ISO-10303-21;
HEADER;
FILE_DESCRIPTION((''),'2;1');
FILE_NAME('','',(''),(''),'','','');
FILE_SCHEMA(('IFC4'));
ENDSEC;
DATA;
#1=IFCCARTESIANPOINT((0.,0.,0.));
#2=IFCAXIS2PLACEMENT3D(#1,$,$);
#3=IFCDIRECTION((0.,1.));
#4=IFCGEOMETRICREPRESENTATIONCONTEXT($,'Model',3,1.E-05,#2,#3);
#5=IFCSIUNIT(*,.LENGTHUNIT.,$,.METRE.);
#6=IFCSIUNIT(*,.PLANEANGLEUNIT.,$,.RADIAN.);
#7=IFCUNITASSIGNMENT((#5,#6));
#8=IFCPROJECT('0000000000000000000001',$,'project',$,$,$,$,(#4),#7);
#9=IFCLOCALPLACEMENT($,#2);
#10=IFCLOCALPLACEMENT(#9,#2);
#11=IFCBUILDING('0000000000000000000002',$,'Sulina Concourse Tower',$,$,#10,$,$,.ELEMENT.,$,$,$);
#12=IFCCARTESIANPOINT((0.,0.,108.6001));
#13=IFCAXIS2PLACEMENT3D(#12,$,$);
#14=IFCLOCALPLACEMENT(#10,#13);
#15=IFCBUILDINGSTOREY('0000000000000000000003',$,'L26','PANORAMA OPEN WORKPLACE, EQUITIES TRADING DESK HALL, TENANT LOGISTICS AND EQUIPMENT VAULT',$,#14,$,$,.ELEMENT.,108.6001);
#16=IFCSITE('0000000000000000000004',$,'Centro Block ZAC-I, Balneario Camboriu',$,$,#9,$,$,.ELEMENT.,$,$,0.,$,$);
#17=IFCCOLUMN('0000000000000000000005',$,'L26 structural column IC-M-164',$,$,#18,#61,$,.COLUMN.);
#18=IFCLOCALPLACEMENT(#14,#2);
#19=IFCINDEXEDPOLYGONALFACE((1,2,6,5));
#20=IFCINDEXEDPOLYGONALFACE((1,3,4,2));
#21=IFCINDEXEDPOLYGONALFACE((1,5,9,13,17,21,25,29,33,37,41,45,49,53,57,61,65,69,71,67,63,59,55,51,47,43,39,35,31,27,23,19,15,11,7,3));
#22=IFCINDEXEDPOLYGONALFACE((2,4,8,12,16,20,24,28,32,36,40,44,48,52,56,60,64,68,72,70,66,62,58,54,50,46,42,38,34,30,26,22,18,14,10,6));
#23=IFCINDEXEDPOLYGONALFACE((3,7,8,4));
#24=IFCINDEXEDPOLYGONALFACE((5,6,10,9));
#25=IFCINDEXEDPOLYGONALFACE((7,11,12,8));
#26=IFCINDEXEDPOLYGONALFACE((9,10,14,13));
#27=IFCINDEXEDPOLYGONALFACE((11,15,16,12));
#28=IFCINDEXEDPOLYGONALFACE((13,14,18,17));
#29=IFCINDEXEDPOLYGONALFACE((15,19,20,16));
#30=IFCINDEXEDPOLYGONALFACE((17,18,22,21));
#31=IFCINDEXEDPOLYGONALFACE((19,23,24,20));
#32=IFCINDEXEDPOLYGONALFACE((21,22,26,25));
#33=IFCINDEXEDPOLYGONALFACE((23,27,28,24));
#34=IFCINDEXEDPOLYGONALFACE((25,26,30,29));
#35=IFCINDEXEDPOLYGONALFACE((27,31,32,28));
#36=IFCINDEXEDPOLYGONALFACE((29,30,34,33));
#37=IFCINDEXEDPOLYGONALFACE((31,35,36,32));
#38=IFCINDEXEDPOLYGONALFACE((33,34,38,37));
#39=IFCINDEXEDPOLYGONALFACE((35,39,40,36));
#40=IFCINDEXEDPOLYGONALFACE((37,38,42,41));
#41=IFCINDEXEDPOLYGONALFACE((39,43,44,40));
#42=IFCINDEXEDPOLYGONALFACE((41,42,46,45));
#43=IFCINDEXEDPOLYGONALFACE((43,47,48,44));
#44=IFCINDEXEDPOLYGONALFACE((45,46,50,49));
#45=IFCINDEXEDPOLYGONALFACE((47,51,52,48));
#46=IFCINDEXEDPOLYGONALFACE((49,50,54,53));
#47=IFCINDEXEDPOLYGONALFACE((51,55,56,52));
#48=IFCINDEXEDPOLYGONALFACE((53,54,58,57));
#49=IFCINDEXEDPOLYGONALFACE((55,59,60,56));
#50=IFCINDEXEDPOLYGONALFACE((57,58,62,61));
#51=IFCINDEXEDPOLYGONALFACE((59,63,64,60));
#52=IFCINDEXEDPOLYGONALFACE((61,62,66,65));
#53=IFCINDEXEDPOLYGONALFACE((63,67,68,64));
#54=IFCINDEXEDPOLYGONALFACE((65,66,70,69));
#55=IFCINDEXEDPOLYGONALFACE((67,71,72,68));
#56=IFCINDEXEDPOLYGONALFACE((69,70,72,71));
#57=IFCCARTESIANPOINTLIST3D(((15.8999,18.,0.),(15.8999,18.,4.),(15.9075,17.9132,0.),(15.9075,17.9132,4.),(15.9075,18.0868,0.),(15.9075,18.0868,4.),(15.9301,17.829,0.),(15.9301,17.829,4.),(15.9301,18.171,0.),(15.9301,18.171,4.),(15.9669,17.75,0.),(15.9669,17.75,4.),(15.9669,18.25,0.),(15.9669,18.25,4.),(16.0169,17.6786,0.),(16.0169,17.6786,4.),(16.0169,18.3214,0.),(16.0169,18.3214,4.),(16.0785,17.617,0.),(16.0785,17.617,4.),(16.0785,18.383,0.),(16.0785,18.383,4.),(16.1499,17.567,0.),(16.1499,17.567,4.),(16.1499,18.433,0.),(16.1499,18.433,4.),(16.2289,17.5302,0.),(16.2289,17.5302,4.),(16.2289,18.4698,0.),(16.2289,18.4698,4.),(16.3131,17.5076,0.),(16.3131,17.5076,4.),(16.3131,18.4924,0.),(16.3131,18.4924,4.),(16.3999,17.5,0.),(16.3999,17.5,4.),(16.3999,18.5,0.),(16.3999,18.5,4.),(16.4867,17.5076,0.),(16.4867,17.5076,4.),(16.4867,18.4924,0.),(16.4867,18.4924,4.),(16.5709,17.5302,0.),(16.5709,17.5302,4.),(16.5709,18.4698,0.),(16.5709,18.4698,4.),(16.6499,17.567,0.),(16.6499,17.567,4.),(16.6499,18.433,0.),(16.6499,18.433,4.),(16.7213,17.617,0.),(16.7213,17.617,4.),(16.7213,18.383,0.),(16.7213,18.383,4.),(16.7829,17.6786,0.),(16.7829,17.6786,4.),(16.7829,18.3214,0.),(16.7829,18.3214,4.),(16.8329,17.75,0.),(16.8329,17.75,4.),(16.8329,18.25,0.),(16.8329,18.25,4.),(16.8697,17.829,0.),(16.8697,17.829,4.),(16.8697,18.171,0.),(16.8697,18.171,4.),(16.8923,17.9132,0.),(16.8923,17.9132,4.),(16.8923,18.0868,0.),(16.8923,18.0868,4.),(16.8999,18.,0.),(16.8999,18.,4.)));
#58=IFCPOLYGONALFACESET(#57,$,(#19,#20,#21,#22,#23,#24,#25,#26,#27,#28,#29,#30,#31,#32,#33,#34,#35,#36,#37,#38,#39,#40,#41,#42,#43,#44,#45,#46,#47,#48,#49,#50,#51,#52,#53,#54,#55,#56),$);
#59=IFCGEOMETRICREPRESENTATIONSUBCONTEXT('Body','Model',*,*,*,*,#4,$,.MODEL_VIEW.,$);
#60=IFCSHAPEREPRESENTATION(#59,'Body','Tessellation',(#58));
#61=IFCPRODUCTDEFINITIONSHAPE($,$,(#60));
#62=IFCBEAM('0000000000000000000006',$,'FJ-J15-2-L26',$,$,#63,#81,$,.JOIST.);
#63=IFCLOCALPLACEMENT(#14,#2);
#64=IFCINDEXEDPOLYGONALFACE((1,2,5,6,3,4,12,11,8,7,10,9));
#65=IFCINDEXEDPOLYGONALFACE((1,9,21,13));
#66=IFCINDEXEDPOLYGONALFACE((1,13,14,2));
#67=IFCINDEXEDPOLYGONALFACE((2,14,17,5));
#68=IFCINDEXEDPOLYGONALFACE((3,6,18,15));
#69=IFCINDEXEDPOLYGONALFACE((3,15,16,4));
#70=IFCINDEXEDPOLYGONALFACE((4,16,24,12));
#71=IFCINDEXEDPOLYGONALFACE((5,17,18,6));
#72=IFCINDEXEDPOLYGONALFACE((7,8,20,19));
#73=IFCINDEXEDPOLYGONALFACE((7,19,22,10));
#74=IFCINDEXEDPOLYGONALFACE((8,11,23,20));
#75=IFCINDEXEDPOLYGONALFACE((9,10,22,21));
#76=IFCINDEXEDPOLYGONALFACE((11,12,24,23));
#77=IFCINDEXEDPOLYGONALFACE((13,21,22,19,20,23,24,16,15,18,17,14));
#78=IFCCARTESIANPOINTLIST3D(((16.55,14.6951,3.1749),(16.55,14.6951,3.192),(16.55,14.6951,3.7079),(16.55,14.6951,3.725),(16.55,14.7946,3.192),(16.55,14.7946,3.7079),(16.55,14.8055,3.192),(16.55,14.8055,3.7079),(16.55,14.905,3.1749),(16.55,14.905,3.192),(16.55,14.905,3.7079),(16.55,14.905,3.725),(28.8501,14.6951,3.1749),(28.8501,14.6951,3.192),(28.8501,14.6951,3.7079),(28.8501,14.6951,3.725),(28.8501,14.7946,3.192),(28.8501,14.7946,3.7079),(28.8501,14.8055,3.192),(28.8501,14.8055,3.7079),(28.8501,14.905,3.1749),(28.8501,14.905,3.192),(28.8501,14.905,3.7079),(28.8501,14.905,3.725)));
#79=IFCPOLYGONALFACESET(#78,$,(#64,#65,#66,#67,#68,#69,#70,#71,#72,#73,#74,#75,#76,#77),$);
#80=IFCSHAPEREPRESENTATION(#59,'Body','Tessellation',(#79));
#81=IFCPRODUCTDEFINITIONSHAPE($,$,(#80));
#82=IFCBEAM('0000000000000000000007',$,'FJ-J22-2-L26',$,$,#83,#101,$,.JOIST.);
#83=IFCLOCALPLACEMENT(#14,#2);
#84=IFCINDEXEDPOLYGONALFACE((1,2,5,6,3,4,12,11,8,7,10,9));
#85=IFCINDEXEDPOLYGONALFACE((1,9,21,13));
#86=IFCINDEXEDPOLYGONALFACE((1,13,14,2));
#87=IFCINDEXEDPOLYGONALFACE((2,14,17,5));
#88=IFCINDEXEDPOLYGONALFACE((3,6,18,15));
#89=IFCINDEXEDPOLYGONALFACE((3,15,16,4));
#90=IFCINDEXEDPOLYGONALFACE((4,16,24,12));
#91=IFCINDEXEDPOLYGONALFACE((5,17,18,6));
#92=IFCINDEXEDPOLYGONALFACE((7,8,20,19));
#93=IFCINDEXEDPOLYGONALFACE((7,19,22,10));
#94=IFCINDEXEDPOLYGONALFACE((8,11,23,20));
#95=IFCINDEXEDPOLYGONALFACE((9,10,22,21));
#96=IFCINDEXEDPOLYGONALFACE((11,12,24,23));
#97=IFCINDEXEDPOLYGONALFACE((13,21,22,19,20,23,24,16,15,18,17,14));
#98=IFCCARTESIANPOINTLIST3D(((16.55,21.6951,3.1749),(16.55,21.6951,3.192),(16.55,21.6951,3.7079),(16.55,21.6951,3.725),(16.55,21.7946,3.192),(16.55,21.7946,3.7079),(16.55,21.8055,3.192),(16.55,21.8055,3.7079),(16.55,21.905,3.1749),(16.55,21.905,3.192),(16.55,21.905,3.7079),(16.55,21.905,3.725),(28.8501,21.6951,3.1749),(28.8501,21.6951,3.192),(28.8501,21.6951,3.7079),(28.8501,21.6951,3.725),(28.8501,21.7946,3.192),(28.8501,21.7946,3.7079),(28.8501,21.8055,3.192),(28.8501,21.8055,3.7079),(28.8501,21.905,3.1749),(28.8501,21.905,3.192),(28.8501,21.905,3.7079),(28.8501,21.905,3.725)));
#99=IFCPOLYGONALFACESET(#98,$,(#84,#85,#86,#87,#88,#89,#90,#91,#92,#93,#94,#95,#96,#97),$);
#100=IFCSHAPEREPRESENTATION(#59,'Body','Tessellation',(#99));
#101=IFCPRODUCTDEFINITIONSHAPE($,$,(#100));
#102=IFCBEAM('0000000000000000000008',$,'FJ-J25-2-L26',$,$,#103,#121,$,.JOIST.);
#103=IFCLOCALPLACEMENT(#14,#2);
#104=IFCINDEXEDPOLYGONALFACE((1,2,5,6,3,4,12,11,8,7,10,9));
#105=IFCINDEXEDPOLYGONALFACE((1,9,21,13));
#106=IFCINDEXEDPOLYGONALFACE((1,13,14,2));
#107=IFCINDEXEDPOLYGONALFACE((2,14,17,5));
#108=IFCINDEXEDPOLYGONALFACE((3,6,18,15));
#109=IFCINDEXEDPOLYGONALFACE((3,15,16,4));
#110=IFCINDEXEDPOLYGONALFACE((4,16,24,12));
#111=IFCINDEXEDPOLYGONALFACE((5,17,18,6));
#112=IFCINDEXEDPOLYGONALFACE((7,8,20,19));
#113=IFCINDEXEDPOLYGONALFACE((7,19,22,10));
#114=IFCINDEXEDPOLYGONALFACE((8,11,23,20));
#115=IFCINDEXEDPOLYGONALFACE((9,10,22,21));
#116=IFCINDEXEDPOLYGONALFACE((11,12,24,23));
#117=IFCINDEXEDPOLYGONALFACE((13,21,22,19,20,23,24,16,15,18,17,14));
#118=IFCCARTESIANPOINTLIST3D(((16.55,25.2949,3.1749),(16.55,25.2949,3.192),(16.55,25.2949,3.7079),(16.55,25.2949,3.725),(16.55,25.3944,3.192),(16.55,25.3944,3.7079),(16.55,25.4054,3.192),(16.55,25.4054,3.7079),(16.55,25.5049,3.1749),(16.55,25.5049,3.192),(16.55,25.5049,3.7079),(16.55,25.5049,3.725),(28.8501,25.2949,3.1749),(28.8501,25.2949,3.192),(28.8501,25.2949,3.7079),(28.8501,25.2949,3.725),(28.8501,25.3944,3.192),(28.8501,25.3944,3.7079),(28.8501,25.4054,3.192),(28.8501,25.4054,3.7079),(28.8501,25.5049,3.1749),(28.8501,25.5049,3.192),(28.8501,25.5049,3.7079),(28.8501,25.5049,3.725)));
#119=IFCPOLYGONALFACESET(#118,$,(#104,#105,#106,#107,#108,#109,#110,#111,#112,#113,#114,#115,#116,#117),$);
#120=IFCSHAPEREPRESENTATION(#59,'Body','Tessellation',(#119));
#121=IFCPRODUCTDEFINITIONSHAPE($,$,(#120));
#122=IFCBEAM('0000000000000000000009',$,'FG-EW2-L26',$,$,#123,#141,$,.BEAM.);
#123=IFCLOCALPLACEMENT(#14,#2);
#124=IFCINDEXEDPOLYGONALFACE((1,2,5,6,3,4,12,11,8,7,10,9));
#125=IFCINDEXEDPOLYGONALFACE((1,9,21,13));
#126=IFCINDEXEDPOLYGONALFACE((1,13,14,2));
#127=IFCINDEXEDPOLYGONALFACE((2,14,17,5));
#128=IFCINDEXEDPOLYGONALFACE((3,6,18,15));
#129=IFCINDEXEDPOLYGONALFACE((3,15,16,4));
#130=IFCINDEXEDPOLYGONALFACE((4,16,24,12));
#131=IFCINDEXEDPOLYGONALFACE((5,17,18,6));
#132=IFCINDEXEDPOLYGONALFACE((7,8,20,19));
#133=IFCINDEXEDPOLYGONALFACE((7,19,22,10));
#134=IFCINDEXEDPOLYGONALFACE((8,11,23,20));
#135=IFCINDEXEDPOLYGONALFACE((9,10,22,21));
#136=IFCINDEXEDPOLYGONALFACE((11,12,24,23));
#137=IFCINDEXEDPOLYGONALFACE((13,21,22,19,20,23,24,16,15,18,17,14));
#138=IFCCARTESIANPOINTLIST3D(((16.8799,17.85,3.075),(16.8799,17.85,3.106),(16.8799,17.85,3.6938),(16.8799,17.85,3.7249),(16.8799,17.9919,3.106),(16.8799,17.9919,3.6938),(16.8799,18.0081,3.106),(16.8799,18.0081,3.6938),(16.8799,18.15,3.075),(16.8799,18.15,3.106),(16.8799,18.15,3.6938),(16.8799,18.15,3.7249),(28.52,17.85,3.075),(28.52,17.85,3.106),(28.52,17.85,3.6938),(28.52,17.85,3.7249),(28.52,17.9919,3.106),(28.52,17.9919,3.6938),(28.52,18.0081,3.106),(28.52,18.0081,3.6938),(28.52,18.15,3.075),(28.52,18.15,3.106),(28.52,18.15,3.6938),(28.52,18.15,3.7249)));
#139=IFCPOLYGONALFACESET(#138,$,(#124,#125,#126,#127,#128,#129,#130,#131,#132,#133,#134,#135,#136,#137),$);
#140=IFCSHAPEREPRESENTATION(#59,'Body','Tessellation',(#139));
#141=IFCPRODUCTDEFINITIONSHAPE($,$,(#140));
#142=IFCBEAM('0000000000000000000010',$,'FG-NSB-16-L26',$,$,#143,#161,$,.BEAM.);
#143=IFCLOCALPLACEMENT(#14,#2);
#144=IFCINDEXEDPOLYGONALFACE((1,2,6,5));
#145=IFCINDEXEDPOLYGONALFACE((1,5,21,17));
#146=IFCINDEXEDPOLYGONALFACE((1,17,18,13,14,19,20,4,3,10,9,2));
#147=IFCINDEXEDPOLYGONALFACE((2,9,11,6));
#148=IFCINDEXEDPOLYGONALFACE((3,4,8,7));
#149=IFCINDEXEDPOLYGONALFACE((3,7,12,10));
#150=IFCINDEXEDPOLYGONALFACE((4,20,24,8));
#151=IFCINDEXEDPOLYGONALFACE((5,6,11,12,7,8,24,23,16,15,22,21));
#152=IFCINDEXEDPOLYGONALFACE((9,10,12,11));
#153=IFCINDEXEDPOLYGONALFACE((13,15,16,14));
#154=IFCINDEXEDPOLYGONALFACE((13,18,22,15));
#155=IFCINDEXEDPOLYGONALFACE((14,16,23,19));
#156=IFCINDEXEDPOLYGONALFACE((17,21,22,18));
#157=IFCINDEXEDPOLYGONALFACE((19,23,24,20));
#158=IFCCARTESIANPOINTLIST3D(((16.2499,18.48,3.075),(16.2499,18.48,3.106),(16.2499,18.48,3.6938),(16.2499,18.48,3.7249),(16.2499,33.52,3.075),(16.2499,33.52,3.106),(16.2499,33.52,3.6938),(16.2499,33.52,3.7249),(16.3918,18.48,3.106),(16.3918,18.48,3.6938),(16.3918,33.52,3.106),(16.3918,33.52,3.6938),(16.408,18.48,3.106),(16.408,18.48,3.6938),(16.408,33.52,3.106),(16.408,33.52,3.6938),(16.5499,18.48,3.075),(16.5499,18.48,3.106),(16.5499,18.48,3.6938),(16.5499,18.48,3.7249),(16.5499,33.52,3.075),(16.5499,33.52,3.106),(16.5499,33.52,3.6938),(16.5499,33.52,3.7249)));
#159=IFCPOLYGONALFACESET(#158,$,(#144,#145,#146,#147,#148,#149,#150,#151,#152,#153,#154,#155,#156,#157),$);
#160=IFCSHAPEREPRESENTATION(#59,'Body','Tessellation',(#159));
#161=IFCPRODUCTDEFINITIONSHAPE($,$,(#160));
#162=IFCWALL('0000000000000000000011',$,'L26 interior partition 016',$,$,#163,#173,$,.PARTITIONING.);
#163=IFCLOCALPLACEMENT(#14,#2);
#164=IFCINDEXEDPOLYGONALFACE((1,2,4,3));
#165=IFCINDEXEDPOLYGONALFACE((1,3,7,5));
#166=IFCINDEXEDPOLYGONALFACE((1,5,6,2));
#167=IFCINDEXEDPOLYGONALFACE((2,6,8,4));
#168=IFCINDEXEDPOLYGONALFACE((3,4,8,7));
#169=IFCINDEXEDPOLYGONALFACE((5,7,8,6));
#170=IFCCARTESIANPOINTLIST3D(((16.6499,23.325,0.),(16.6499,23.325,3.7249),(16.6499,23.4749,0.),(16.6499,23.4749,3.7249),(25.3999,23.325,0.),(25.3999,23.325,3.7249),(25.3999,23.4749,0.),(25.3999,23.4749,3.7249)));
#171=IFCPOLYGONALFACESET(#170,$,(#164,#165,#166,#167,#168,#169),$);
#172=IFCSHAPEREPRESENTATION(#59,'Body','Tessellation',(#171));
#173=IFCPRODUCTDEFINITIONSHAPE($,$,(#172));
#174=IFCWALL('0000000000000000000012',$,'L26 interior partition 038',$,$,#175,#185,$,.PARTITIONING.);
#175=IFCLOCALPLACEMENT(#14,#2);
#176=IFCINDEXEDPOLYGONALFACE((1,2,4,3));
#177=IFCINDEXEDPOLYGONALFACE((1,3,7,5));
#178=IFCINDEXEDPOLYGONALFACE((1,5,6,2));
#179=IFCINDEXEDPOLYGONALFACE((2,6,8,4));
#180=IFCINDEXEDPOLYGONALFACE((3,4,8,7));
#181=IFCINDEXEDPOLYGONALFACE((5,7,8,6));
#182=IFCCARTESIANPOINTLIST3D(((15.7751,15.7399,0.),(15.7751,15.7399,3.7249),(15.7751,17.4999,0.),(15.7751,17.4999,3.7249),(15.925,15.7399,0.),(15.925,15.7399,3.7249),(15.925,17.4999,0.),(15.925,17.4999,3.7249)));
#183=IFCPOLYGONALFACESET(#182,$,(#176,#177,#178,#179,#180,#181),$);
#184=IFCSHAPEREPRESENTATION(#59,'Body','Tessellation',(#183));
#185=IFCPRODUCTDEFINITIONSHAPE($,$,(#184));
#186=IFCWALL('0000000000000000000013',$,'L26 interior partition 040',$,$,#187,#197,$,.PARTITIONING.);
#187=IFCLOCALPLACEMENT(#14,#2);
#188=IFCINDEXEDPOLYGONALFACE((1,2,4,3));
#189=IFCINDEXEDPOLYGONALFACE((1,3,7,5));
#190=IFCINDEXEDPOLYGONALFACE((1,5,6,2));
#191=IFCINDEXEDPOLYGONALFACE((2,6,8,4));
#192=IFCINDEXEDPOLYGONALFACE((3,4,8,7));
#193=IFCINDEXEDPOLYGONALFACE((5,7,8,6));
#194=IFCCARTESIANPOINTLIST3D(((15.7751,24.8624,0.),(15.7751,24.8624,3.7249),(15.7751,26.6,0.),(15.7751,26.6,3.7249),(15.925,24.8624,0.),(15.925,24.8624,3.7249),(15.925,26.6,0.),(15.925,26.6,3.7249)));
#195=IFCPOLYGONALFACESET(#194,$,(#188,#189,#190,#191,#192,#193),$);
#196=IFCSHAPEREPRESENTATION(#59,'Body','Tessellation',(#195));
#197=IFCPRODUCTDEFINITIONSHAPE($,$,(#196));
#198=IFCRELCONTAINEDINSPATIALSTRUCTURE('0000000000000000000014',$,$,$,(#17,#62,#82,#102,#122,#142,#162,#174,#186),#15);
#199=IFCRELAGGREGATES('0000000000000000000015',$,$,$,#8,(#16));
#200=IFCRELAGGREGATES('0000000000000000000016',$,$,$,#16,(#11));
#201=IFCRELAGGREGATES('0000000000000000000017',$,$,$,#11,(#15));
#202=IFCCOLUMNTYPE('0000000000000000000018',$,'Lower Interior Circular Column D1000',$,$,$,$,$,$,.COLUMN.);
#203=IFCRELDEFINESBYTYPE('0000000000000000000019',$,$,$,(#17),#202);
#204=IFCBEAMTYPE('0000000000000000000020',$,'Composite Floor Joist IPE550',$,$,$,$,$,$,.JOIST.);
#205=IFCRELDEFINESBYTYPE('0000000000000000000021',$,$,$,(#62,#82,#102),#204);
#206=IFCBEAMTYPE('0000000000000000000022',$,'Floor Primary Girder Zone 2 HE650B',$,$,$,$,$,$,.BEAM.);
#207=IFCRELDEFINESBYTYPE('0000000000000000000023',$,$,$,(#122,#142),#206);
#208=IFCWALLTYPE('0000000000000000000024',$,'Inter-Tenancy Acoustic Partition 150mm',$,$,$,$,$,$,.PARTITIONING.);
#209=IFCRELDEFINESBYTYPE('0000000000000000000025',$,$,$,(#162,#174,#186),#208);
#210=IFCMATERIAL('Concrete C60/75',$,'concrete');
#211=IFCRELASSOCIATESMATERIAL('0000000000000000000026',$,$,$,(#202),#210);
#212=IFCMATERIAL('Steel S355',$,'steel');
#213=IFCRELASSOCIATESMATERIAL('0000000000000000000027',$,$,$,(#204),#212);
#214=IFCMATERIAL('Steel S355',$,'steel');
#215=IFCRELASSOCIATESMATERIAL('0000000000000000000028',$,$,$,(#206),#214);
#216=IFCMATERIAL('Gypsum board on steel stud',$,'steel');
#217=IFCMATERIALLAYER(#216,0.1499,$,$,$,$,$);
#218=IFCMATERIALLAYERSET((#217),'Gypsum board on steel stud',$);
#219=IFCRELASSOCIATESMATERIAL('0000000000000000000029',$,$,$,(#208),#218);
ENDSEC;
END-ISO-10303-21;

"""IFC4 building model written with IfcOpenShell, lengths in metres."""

from ifc_helpers import new_model, si_unit, direction, frame, frame_2d, origin, origin_2d, place, context, subcontext, project, spatial, rectangle, circle, i_section, extrude, material, layer, layer_set, material_profile, profile_set, type_object, element, save


model = new_model("IFC4")

# Units and contexts
model_context = context("Model", 3, precision=1e-05, world=origin(), true_north=direction((0.0, 1.0)))
body_context = subcontext(model_context, "Body", "Model", "MODEL_VIEW")
ifc_project = project(units=[si_unit("LENGTHUNIT", "METRE"), si_unit("PLANEANGLEUNIT", "RADIAN")], contexts=[model_context])

# Site, building, storey
site_placement = place(None, origin())
site = spatial("IfcSite", under=ifc_project, at=site_placement, Name="Centro Block ZAC-I, Balneario Camboriu", CompositionType="ELEMENT", RefElevation=0.0)
building_placement = place(site_placement, origin())
building = spatial("IfcBuilding", under=site, at=building_placement, Name="Sulina Concourse Tower", CompositionType="ELEMENT")
storey_placement = place(building_placement, frame((0.0, 0.0, 108.6001)))
storey = spatial("IfcBuildingStorey", under=building, at=storey_placement, Name="L26", Description="PANORAMA OPEN WORKPLACE, EQUITIES TRADING DESK HALL, TENANT LOGISTICS AND EQUIPMENT VAULT", CompositionType="ELEMENT", Elevation=108.6001)

# Column
ifc_material_1 = material(Name="Concrete C60/75", Category="concrete")
ifc_material_profile_1 = material_profile(ifc_material_1, circle(Radius=0.5, at=origin_2d()), Name="RC D1000")
ifc_profile_set_1 = profile_set([ifc_material_profile_1], Name="Concrete C60/75")
column_type = type_object("IfcColumnType", Name="Lower Interior Circular Column D1000", PredefinedType="COLUMN", material=ifc_profile_set_1)
column_placement = place(storey_placement, frame((16.3999, 18.0, 0.0), z_axis=(0.0, 0.0, 1.0), x_axis=(1.0, 0.0, 0.0)))
element("IfcColumn", 1, at=column_placement, inside=storey, type_object=column_type, Name="L26 structural column IC-M-164", PredefinedType="COLUMN", context=body_context, shape_type="SweptSolid", body=[
    extrude(circle(Radius=0.5, at=origin_2d()), origin(), (0.0, 0.0, 1.0), 4.0),
])

# Beams
ifc_material_2 = material(Name="Steel S355", Category="steel")
ifc_material_profile_2 = material_profile(ifc_material_2, i_section(OverallWidth=0.21, OverallDepth=0.55, WebThickness=0.011, FlangeThickness=0.0171, at=origin_2d()), Name="IPE 550")
ifc_profile_set_2 = profile_set([ifc_material_profile_2], Name="Steel S355")
beam_type_1 = type_object("IfcBeamType", Name="Composite Floor Joist IPE550", PredefinedType="JOIST", material=ifc_profile_set_2)
for number, where, z_axis, x_axis, name in (
    (2, (16.55, 14.8, 3.45), (1.0, 0.0, 0.0), (0.0, 1.0, 0.0), "FJ-J15-2-L26"),
    (3, (16.55, 21.8, 3.45), (1.0, 0.0, 0.0), (0.0, 1.0, 0.0), "FJ-J22-2-L26"),
    (4, (16.55, 25.3999, 3.45), (1.0, 0.0, 0.0), (0.0, 1.0, 0.0), "FJ-J25-2-L26"),
):
    element("IfcBeam", number, at=place(storey_placement, frame(where, z_axis=z_axis, x_axis=x_axis)), inside=storey, type_object=beam_type_1, Name=name, PredefinedType="JOIST", context=body_context, shape_type="SweptSolid", body=[
        extrude(i_section(OverallWidth=0.21, OverallDepth=0.55, WebThickness=0.011, FlangeThickness=0.0171, at=origin_2d()), origin(), (0.0, 0.0, 1.0), 12.3),
    ])
ifc_material_3 = material(Name="Steel S355", Category="steel")
ifc_material_profile_3 = material_profile(ifc_material_3, i_section(OverallWidth=0.3, OverallDepth=0.6499, WebThickness=0.0161, FlangeThickness=0.031, at=origin_2d()), Name="HE 650 B")
ifc_profile_set_3 = profile_set([ifc_material_profile_3], Name="Steel S355")
beam_type_2 = type_object("IfcBeamType", Name="Floor Primary Girder Zone 2 HE650B", PredefinedType="BEAM", material=ifc_profile_set_3)
beam_1_placement = place(storey_placement, frame((16.8799, 18.0, 3.3999), z_axis=(1.0, 0.0, 0.0), x_axis=(0.0, 1.0, 0.0)))
element("IfcBeam", 5, at=beam_1_placement, inside=storey, type_object=beam_type_2, Name="FG-EW2-L26", PredefinedType="BEAM", context=body_context, shape_type="SweptSolid", body=[
    extrude(i_section(OverallWidth=0.3, OverallDepth=0.6499, WebThickness=0.0161, FlangeThickness=0.031, at=origin_2d()), origin(), (0.0, 0.0, 1.0), 11.6401),
])
beam_2_placement = place(storey_placement, frame((16.3999, 18.48, 3.3999), z_axis=(0.0, 1.0, 0.0), x_axis=(-1.0, 0.0, 0.0)))
element("IfcBeam", 6, at=beam_2_placement, inside=storey, type_object=beam_type_2, Name="FG-NSB-16-L26", PredefinedType="BEAM", context=body_context, shape_type="SweptSolid", body=[
    extrude(i_section(OverallWidth=0.3, OverallDepth=0.6499, WebThickness=0.0161, FlangeThickness=0.031, at=origin_2d()), origin(), (0.0, 0.0, 1.0), 15.04),
])

# Walls
ifc_material_4 = material(Name="Gypsum board on steel stud", Category="steel")
ifc_layer_1 = layer(ifc_material_4, 0.1499)
ifc_layer_set_1 = layer_set([ifc_layer_1], Name="Gypsum board on steel stud")
wall_type_1 = type_object("IfcWallType", Name="Inter-Tenancy Acoustic Partition 150mm", PredefinedType="PARTITIONING", material=ifc_layer_set_1)
wall_1_placement = place(storey_placement, frame((16.6499, 23.3999, 0.0), z_axis=(0.0, 0.0, 1.0), x_axis=(1.0, 0.0, 0.0)))
element("IfcWall", 7, at=wall_1_placement, inside=storey, type_object=wall_type_1, Name="L26 interior partition 016", PredefinedType="PARTITIONING", context=body_context, shape_type="SweptSolid", body=[
    extrude(rectangle(XDim=8.75, YDim=0.1499, at=frame_2d((4.375, 0.0))), origin(), (0.0, 0.0, 1.0), 3.7249),
])
wall_2_placement = place(storey_placement, frame((15.8501, 15.74, 0.0), z_axis=(0.0, 0.0, 1.0), x_axis=(0.0, 1.0, 0.0)))
element("IfcWall", 8, at=wall_2_placement, inside=storey, type_object=wall_type_1, Name="L26 interior partition 038", PredefinedType="PARTITIONING", context=body_context, shape_type="SweptSolid", body=[
    extrude(rectangle(XDim=1.76, YDim=0.1499, at=frame_2d((0.8799, 0.0))), origin(), (0.0, 0.0, 1.0), 3.7249),
])
wall_3_placement = place(storey_placement, frame((15.8501, 24.8625, 0.0), z_axis=(0.0, 0.0, 1.0), x_axis=(0.0, 1.0, 0.0)))
element("IfcWall", 9, at=wall_3_placement, inside=storey, type_object=wall_type_1, Name="L26 interior partition 040", PredefinedType="PARTITIONING", context=body_context, shape_type="SweptSolid", body=[
    extrude(rectangle(XDim=1.7375, YDim=0.1499, at=frame_2d((0.8687, 0.0))), origin(), (0.0, 0.0, 1.0), 3.7249),
])

save(model, "model.ifc")
